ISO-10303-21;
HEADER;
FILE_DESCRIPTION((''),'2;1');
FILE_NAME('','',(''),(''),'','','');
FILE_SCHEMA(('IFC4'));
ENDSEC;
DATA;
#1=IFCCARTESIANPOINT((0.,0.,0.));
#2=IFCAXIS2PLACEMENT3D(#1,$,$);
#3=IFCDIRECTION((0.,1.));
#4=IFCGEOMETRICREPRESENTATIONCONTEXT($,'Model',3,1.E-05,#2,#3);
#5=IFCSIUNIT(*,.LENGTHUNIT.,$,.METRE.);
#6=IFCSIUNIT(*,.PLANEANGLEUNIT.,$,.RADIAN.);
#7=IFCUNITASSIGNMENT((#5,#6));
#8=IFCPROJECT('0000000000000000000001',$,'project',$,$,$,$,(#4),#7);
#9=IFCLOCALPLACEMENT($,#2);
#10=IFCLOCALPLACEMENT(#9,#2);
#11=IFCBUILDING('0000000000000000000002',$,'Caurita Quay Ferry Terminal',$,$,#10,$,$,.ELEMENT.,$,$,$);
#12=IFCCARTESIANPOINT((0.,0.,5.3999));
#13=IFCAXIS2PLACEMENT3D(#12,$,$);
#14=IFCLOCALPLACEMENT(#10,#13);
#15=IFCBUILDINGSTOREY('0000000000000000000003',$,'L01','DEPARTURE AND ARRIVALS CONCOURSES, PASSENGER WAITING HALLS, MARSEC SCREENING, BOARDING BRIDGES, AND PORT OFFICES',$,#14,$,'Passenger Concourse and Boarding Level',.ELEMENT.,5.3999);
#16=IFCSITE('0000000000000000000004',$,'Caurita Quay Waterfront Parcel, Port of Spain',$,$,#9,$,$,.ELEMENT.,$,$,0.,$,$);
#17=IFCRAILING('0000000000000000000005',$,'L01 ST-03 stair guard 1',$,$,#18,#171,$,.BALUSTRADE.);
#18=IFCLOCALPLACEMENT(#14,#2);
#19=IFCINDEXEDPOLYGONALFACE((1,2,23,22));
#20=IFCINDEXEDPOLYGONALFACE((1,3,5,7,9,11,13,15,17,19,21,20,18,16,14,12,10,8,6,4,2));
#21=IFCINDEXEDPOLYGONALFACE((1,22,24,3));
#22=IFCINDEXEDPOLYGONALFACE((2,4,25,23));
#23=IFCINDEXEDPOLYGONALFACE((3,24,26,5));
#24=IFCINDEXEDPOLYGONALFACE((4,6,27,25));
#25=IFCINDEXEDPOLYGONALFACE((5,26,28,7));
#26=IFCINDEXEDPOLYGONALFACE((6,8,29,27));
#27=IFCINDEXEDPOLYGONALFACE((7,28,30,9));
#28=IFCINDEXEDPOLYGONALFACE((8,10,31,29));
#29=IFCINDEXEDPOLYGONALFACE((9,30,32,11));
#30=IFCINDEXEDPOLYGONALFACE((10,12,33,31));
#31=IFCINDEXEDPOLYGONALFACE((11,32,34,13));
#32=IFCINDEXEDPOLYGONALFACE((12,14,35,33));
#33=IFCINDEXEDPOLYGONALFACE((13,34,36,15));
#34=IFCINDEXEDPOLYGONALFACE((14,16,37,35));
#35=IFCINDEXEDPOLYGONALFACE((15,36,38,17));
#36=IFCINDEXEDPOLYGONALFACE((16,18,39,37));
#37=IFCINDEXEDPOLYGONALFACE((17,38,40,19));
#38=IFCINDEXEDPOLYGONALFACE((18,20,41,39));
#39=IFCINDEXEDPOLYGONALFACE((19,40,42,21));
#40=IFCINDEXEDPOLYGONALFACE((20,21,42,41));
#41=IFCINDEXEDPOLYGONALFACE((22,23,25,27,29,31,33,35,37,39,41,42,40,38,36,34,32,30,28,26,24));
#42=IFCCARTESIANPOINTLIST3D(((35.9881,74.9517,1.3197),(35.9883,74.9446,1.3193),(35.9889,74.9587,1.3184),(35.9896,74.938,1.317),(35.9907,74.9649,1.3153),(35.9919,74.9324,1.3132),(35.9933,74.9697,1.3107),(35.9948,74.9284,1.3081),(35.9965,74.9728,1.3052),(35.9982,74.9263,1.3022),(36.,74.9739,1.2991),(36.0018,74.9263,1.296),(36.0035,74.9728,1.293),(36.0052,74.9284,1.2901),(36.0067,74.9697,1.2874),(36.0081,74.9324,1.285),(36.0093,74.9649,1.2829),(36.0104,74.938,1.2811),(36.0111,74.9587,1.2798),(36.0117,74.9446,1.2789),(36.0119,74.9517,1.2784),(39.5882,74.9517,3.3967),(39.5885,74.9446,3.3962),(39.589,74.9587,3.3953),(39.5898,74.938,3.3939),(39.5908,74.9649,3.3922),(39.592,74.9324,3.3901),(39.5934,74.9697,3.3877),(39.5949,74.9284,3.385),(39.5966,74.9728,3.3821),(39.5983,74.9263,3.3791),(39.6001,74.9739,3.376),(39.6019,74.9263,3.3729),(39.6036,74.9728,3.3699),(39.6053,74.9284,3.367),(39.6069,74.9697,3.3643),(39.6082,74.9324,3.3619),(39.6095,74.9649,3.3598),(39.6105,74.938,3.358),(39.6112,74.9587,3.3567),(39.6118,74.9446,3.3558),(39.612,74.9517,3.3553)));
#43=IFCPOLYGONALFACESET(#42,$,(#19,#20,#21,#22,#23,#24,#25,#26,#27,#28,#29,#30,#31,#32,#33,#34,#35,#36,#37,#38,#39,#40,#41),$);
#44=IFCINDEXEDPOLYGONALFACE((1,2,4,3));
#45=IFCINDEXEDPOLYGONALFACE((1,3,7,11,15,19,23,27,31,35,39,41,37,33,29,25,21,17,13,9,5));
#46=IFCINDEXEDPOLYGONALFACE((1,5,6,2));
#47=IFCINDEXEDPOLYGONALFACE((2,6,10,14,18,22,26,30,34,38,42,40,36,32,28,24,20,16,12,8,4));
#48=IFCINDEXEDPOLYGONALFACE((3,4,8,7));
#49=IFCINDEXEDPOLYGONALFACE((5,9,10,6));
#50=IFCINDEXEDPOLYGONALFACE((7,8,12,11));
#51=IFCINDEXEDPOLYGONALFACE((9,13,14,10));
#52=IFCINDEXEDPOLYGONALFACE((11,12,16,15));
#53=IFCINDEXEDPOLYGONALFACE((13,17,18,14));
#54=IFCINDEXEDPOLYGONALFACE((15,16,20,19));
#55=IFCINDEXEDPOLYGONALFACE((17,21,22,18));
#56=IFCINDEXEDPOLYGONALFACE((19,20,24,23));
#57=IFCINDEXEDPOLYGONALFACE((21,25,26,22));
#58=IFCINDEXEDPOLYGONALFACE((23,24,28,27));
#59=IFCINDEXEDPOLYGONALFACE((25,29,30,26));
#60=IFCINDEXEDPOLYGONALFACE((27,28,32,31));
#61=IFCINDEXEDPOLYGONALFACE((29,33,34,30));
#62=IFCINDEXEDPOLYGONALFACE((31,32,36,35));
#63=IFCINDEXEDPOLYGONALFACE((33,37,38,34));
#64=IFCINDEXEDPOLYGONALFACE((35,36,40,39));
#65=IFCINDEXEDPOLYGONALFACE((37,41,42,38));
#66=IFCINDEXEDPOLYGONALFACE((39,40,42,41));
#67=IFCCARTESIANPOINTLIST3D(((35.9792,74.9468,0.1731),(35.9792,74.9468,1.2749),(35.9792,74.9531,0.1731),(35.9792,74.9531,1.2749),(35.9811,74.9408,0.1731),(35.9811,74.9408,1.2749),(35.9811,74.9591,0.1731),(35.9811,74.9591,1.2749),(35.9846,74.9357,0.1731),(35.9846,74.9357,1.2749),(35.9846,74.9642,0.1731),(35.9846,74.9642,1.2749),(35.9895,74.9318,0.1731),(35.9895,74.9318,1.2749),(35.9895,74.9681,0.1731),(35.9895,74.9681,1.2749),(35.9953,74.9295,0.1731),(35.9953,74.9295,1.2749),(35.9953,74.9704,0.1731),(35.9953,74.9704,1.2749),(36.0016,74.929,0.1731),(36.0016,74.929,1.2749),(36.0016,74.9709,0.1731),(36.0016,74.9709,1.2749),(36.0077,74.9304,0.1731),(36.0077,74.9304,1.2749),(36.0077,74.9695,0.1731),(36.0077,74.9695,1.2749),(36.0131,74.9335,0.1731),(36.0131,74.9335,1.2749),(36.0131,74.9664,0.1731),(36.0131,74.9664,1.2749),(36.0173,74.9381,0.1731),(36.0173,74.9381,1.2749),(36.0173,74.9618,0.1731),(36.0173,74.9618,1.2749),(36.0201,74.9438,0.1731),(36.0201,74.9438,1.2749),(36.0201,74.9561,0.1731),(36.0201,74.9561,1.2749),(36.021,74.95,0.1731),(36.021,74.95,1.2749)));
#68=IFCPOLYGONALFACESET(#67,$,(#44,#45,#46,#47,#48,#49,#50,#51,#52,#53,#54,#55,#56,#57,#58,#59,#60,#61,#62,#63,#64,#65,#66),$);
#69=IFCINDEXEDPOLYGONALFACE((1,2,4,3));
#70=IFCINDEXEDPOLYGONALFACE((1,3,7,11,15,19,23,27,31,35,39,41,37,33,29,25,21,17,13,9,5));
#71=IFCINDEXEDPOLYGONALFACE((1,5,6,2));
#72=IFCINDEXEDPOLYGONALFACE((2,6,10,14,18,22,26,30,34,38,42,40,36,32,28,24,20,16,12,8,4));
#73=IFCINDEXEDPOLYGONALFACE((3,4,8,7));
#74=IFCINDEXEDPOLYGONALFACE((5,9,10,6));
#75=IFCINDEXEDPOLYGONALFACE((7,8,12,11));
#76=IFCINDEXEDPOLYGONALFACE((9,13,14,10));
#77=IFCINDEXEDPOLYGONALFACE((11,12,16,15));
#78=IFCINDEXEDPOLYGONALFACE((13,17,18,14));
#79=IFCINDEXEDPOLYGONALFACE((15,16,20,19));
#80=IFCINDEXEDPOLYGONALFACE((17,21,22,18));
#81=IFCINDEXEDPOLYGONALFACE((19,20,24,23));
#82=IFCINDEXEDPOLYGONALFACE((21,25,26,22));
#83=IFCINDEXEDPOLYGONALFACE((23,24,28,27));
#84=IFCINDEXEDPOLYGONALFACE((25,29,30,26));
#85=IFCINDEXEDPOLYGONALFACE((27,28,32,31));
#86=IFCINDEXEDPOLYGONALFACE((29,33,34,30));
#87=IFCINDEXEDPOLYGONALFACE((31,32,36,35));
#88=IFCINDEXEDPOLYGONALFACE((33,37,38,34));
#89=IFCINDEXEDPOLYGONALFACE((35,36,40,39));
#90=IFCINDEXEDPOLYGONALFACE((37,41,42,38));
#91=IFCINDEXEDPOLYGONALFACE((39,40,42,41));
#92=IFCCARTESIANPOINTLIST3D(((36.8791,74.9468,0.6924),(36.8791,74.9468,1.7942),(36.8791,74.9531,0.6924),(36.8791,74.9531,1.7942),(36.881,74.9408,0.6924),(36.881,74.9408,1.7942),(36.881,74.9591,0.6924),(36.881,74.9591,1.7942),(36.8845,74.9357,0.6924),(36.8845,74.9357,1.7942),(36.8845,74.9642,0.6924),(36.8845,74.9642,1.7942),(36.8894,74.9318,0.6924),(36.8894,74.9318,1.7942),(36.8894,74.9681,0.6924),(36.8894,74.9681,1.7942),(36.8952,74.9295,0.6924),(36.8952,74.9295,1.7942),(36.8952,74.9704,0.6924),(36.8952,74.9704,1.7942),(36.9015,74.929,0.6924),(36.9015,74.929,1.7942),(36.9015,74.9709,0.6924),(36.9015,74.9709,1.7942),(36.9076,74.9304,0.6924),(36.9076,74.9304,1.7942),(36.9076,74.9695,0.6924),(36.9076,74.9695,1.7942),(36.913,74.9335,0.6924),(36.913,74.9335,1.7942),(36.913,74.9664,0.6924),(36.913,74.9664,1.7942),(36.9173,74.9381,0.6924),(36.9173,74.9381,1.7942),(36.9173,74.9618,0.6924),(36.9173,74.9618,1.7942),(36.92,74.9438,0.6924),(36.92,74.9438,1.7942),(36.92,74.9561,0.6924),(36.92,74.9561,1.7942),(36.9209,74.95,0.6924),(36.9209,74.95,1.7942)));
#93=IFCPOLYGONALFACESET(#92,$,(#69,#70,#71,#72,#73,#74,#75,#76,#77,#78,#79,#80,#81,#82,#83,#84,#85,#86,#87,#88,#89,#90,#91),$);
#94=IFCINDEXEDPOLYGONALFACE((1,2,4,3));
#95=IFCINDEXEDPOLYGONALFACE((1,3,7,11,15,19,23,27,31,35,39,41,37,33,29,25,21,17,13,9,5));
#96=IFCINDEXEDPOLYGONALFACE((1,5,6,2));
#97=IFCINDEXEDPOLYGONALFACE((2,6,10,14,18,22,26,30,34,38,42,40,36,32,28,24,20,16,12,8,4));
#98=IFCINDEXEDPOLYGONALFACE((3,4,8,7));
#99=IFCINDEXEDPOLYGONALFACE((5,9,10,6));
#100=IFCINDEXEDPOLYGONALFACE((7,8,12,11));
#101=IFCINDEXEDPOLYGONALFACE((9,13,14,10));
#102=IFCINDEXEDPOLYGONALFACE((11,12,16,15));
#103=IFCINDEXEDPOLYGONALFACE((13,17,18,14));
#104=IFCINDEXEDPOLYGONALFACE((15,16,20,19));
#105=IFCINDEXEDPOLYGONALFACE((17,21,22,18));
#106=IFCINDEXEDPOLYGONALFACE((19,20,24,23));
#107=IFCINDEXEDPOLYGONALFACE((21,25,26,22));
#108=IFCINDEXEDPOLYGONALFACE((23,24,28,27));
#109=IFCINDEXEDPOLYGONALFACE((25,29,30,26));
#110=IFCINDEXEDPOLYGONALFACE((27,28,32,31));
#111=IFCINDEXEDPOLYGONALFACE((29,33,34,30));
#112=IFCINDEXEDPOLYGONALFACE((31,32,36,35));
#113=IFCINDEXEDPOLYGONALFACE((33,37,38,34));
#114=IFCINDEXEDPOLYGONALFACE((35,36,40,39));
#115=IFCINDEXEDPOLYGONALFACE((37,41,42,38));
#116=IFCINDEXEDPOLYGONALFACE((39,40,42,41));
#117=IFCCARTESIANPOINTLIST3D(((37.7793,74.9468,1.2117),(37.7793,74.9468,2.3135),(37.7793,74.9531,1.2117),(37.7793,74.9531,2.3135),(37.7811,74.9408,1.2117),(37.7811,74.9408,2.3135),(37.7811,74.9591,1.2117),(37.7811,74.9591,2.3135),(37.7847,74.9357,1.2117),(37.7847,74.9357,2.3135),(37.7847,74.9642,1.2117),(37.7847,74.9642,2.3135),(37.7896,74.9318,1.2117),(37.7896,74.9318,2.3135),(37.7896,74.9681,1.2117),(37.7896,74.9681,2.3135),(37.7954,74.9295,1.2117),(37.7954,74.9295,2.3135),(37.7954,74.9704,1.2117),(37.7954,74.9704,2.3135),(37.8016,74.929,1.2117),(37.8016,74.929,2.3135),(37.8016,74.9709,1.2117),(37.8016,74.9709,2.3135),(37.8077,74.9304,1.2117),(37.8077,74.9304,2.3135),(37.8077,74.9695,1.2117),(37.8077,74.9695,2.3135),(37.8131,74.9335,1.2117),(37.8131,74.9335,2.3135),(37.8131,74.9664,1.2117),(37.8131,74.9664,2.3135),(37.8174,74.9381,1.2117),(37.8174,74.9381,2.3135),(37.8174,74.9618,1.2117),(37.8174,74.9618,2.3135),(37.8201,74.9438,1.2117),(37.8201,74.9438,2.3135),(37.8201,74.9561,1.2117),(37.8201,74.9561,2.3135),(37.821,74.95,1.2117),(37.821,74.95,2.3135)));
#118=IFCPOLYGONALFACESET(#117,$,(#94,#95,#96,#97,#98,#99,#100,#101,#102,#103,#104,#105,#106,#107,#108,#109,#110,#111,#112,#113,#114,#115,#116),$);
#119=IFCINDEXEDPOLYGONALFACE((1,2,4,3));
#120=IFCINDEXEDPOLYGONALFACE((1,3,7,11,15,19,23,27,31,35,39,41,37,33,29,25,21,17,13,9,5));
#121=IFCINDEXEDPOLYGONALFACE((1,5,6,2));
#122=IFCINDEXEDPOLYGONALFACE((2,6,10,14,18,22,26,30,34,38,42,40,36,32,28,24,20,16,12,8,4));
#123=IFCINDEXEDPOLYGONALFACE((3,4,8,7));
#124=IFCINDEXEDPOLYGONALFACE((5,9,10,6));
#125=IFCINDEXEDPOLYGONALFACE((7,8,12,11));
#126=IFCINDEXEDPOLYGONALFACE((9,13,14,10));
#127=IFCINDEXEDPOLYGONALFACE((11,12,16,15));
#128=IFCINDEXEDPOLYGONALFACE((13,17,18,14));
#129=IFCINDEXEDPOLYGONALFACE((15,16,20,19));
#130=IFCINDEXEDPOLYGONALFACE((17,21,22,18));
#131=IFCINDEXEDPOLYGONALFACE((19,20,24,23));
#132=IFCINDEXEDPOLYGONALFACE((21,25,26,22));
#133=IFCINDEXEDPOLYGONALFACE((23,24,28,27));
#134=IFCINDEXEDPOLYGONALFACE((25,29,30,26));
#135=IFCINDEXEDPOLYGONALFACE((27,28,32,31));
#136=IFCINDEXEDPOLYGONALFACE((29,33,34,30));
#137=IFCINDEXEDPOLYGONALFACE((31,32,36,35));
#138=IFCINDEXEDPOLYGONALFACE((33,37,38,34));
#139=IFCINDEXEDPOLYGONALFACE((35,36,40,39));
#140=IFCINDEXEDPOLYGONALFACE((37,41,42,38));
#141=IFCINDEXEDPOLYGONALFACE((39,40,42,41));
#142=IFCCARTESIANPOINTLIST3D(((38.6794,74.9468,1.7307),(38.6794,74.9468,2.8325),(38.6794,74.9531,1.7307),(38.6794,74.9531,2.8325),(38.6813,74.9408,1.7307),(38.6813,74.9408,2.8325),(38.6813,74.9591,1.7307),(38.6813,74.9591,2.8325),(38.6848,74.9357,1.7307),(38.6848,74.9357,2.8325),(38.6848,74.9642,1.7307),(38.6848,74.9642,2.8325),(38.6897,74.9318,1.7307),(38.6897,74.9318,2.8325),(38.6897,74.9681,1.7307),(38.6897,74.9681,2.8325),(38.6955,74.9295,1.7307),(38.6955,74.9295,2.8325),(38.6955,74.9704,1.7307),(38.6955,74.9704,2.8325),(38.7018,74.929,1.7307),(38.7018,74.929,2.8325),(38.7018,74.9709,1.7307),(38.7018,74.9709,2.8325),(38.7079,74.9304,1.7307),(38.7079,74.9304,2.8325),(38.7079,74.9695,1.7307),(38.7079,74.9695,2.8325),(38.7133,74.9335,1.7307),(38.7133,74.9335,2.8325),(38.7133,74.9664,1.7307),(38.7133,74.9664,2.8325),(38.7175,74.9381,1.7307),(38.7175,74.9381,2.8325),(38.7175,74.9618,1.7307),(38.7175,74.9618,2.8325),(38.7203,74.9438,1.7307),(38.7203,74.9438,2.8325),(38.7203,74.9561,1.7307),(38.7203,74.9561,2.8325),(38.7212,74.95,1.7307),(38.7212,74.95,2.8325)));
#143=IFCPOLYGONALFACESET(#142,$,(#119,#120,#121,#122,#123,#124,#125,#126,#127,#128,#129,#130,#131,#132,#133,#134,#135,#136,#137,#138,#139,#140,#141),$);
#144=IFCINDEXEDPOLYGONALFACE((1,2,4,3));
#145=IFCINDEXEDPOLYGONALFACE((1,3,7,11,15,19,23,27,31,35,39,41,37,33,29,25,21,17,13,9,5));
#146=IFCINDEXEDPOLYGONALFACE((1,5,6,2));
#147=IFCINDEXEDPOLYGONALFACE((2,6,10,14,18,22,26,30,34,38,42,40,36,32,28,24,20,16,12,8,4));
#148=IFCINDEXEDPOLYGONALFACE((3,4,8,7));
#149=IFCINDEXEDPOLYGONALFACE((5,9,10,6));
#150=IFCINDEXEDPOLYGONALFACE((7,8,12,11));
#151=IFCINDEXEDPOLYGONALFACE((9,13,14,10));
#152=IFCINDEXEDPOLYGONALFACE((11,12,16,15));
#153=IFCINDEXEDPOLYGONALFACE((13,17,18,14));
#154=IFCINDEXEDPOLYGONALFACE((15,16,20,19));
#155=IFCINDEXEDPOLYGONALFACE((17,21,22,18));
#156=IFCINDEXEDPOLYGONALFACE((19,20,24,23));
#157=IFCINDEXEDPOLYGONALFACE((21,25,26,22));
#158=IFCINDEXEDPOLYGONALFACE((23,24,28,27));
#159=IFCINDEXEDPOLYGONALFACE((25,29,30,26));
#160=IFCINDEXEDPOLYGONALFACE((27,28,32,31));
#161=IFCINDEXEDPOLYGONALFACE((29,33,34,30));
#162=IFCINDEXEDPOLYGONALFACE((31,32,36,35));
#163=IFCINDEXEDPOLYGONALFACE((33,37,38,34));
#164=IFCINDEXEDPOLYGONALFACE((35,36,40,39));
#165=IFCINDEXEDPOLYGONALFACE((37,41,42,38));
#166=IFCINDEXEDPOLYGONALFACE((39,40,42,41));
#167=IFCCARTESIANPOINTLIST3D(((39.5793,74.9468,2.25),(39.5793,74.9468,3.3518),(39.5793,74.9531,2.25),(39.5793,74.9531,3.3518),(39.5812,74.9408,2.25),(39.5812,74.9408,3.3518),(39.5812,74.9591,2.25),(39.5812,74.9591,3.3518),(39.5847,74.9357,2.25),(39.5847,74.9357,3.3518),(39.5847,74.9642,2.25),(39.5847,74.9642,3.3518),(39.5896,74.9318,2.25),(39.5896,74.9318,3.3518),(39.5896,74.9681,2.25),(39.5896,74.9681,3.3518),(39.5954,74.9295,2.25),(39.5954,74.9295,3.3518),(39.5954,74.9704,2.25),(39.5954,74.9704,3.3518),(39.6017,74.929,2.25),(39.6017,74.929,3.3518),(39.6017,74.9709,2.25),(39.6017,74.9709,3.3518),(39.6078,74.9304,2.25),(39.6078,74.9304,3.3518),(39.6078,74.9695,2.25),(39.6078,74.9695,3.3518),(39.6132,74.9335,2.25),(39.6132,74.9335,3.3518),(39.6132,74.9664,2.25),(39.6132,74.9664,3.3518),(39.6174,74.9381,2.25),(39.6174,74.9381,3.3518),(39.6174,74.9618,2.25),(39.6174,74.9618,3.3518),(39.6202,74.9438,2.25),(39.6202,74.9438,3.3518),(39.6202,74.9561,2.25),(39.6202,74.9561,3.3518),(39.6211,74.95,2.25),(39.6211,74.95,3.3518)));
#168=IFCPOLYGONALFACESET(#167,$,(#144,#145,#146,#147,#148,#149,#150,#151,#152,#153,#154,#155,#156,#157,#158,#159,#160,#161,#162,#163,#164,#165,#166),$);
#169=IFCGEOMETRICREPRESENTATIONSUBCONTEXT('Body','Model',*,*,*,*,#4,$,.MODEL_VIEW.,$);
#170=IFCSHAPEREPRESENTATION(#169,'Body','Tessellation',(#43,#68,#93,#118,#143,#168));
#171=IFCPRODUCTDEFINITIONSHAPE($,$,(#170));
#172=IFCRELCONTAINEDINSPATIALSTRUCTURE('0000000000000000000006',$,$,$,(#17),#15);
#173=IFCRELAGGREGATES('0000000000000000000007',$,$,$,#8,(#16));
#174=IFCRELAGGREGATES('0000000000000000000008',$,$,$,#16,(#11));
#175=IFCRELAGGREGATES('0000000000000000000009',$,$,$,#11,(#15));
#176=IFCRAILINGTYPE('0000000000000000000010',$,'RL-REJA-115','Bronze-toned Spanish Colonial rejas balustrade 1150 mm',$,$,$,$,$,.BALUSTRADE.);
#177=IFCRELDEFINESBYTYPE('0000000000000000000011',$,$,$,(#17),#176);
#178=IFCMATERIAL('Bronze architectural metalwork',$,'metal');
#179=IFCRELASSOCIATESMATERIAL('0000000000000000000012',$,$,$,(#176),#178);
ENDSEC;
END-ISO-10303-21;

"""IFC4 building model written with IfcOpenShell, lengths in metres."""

from ifc_helpers import new_model, si_unit, direction, frame, origin, origin_2d, place, context, subcontext, project, spatial, circle, extrude, material, type_object, element, save


model = new_model("IFC4")

# Units and contexts
model_context = context("Model", 3, precision=1e-05, world=origin(), true_north=direction((0.0, 1.0)))
body_context = subcontext(model_context, "Body", "Model", "MODEL_VIEW")
ifc_project = project(units=[si_unit("LENGTHUNIT", "METRE"), si_unit("PLANEANGLEUNIT", "RADIAN")], contexts=[model_context])

# Site, building, storey
site_placement = place(None, origin())
site = spatial("IfcSite", under=ifc_project, at=site_placement, Name="Caurita Quay Waterfront Parcel, Port of Spain", CompositionType="ELEMENT", RefElevation=0.0)
building_placement = place(site_placement, origin())
building = spatial("IfcBuilding", under=site, at=building_placement, Name="Caurita Quay Ferry Terminal", CompositionType="ELEMENT")
storey_placement = place(building_placement, frame((0.0, 0.0, 5.3999)))
storey = spatial("IfcBuildingStorey", under=building, at=storey_placement, Name="L01", Description="DEPARTURE AND ARRIVALS CONCOURSES, PASSENGER WAITING HALLS, MARSEC SCREENING, BOARDING BRIDGES, AND PORT OFFICES", LongName="Passenger Concourse and Boarding Level", CompositionType="ELEMENT", Elevation=5.3999)

# Railing
ifc_material_1 = material(Name="Bronze architectural metalwork", Category="metal")
railing_type_1 = type_object("IfcRailingType", Name="RL-REJA-115", Description="Bronze-toned Spanish Colonial rejas balustrade 1150 mm", PredefinedType="BALUSTRADE", material=ifc_material_1)
railing_1_placement = place(storey_placement, frame((36.0, 74.95, 0.1731)))
element("IfcRailing", 1, at=railing_1_placement, inside=storey, type_object=railing_type_1, Name="L01 ST-03 stair guard 1", PredefinedType="BALUSTRADE", context=body_context, shape_type="SweptSolid", body=[
    extrude(circle(Radius=0.0239, at=origin_2d()), frame((0.0, 0.0, 1.126), z_axis=(0.866193, 0.0, 0.499709), x_axis=(0.0, 1.0, 0.0)), (0.0, 0.0, 1.0), 4.1562),
    extrude(circle(Radius=0.021, at=origin_2d()), origin(), (0.0, 0.0, 1.0), 1.1018),
    extrude(circle(Radius=0.021, at=origin_2d()), frame((0.8999, 0.0, 0.5193)), (0.0, 0.0, 1.0), 1.1018),
    extrude(circle(Radius=0.021, at=origin_2d()), frame((1.8, 0.0, 1.0386)), (0.0, 0.0, 1.0), 1.1018),
    extrude(circle(Radius=0.021, at=origin_2d()), frame((2.7002, 0.0, 1.5576)), (0.0, 0.0, 1.0), 1.1018),
    extrude(circle(Radius=0.021, at=origin_2d()), frame((3.6001, 0.0, 2.0769)), (0.0, 0.0, 1.0), 1.1018),
])

save(model, "model.ifc")
